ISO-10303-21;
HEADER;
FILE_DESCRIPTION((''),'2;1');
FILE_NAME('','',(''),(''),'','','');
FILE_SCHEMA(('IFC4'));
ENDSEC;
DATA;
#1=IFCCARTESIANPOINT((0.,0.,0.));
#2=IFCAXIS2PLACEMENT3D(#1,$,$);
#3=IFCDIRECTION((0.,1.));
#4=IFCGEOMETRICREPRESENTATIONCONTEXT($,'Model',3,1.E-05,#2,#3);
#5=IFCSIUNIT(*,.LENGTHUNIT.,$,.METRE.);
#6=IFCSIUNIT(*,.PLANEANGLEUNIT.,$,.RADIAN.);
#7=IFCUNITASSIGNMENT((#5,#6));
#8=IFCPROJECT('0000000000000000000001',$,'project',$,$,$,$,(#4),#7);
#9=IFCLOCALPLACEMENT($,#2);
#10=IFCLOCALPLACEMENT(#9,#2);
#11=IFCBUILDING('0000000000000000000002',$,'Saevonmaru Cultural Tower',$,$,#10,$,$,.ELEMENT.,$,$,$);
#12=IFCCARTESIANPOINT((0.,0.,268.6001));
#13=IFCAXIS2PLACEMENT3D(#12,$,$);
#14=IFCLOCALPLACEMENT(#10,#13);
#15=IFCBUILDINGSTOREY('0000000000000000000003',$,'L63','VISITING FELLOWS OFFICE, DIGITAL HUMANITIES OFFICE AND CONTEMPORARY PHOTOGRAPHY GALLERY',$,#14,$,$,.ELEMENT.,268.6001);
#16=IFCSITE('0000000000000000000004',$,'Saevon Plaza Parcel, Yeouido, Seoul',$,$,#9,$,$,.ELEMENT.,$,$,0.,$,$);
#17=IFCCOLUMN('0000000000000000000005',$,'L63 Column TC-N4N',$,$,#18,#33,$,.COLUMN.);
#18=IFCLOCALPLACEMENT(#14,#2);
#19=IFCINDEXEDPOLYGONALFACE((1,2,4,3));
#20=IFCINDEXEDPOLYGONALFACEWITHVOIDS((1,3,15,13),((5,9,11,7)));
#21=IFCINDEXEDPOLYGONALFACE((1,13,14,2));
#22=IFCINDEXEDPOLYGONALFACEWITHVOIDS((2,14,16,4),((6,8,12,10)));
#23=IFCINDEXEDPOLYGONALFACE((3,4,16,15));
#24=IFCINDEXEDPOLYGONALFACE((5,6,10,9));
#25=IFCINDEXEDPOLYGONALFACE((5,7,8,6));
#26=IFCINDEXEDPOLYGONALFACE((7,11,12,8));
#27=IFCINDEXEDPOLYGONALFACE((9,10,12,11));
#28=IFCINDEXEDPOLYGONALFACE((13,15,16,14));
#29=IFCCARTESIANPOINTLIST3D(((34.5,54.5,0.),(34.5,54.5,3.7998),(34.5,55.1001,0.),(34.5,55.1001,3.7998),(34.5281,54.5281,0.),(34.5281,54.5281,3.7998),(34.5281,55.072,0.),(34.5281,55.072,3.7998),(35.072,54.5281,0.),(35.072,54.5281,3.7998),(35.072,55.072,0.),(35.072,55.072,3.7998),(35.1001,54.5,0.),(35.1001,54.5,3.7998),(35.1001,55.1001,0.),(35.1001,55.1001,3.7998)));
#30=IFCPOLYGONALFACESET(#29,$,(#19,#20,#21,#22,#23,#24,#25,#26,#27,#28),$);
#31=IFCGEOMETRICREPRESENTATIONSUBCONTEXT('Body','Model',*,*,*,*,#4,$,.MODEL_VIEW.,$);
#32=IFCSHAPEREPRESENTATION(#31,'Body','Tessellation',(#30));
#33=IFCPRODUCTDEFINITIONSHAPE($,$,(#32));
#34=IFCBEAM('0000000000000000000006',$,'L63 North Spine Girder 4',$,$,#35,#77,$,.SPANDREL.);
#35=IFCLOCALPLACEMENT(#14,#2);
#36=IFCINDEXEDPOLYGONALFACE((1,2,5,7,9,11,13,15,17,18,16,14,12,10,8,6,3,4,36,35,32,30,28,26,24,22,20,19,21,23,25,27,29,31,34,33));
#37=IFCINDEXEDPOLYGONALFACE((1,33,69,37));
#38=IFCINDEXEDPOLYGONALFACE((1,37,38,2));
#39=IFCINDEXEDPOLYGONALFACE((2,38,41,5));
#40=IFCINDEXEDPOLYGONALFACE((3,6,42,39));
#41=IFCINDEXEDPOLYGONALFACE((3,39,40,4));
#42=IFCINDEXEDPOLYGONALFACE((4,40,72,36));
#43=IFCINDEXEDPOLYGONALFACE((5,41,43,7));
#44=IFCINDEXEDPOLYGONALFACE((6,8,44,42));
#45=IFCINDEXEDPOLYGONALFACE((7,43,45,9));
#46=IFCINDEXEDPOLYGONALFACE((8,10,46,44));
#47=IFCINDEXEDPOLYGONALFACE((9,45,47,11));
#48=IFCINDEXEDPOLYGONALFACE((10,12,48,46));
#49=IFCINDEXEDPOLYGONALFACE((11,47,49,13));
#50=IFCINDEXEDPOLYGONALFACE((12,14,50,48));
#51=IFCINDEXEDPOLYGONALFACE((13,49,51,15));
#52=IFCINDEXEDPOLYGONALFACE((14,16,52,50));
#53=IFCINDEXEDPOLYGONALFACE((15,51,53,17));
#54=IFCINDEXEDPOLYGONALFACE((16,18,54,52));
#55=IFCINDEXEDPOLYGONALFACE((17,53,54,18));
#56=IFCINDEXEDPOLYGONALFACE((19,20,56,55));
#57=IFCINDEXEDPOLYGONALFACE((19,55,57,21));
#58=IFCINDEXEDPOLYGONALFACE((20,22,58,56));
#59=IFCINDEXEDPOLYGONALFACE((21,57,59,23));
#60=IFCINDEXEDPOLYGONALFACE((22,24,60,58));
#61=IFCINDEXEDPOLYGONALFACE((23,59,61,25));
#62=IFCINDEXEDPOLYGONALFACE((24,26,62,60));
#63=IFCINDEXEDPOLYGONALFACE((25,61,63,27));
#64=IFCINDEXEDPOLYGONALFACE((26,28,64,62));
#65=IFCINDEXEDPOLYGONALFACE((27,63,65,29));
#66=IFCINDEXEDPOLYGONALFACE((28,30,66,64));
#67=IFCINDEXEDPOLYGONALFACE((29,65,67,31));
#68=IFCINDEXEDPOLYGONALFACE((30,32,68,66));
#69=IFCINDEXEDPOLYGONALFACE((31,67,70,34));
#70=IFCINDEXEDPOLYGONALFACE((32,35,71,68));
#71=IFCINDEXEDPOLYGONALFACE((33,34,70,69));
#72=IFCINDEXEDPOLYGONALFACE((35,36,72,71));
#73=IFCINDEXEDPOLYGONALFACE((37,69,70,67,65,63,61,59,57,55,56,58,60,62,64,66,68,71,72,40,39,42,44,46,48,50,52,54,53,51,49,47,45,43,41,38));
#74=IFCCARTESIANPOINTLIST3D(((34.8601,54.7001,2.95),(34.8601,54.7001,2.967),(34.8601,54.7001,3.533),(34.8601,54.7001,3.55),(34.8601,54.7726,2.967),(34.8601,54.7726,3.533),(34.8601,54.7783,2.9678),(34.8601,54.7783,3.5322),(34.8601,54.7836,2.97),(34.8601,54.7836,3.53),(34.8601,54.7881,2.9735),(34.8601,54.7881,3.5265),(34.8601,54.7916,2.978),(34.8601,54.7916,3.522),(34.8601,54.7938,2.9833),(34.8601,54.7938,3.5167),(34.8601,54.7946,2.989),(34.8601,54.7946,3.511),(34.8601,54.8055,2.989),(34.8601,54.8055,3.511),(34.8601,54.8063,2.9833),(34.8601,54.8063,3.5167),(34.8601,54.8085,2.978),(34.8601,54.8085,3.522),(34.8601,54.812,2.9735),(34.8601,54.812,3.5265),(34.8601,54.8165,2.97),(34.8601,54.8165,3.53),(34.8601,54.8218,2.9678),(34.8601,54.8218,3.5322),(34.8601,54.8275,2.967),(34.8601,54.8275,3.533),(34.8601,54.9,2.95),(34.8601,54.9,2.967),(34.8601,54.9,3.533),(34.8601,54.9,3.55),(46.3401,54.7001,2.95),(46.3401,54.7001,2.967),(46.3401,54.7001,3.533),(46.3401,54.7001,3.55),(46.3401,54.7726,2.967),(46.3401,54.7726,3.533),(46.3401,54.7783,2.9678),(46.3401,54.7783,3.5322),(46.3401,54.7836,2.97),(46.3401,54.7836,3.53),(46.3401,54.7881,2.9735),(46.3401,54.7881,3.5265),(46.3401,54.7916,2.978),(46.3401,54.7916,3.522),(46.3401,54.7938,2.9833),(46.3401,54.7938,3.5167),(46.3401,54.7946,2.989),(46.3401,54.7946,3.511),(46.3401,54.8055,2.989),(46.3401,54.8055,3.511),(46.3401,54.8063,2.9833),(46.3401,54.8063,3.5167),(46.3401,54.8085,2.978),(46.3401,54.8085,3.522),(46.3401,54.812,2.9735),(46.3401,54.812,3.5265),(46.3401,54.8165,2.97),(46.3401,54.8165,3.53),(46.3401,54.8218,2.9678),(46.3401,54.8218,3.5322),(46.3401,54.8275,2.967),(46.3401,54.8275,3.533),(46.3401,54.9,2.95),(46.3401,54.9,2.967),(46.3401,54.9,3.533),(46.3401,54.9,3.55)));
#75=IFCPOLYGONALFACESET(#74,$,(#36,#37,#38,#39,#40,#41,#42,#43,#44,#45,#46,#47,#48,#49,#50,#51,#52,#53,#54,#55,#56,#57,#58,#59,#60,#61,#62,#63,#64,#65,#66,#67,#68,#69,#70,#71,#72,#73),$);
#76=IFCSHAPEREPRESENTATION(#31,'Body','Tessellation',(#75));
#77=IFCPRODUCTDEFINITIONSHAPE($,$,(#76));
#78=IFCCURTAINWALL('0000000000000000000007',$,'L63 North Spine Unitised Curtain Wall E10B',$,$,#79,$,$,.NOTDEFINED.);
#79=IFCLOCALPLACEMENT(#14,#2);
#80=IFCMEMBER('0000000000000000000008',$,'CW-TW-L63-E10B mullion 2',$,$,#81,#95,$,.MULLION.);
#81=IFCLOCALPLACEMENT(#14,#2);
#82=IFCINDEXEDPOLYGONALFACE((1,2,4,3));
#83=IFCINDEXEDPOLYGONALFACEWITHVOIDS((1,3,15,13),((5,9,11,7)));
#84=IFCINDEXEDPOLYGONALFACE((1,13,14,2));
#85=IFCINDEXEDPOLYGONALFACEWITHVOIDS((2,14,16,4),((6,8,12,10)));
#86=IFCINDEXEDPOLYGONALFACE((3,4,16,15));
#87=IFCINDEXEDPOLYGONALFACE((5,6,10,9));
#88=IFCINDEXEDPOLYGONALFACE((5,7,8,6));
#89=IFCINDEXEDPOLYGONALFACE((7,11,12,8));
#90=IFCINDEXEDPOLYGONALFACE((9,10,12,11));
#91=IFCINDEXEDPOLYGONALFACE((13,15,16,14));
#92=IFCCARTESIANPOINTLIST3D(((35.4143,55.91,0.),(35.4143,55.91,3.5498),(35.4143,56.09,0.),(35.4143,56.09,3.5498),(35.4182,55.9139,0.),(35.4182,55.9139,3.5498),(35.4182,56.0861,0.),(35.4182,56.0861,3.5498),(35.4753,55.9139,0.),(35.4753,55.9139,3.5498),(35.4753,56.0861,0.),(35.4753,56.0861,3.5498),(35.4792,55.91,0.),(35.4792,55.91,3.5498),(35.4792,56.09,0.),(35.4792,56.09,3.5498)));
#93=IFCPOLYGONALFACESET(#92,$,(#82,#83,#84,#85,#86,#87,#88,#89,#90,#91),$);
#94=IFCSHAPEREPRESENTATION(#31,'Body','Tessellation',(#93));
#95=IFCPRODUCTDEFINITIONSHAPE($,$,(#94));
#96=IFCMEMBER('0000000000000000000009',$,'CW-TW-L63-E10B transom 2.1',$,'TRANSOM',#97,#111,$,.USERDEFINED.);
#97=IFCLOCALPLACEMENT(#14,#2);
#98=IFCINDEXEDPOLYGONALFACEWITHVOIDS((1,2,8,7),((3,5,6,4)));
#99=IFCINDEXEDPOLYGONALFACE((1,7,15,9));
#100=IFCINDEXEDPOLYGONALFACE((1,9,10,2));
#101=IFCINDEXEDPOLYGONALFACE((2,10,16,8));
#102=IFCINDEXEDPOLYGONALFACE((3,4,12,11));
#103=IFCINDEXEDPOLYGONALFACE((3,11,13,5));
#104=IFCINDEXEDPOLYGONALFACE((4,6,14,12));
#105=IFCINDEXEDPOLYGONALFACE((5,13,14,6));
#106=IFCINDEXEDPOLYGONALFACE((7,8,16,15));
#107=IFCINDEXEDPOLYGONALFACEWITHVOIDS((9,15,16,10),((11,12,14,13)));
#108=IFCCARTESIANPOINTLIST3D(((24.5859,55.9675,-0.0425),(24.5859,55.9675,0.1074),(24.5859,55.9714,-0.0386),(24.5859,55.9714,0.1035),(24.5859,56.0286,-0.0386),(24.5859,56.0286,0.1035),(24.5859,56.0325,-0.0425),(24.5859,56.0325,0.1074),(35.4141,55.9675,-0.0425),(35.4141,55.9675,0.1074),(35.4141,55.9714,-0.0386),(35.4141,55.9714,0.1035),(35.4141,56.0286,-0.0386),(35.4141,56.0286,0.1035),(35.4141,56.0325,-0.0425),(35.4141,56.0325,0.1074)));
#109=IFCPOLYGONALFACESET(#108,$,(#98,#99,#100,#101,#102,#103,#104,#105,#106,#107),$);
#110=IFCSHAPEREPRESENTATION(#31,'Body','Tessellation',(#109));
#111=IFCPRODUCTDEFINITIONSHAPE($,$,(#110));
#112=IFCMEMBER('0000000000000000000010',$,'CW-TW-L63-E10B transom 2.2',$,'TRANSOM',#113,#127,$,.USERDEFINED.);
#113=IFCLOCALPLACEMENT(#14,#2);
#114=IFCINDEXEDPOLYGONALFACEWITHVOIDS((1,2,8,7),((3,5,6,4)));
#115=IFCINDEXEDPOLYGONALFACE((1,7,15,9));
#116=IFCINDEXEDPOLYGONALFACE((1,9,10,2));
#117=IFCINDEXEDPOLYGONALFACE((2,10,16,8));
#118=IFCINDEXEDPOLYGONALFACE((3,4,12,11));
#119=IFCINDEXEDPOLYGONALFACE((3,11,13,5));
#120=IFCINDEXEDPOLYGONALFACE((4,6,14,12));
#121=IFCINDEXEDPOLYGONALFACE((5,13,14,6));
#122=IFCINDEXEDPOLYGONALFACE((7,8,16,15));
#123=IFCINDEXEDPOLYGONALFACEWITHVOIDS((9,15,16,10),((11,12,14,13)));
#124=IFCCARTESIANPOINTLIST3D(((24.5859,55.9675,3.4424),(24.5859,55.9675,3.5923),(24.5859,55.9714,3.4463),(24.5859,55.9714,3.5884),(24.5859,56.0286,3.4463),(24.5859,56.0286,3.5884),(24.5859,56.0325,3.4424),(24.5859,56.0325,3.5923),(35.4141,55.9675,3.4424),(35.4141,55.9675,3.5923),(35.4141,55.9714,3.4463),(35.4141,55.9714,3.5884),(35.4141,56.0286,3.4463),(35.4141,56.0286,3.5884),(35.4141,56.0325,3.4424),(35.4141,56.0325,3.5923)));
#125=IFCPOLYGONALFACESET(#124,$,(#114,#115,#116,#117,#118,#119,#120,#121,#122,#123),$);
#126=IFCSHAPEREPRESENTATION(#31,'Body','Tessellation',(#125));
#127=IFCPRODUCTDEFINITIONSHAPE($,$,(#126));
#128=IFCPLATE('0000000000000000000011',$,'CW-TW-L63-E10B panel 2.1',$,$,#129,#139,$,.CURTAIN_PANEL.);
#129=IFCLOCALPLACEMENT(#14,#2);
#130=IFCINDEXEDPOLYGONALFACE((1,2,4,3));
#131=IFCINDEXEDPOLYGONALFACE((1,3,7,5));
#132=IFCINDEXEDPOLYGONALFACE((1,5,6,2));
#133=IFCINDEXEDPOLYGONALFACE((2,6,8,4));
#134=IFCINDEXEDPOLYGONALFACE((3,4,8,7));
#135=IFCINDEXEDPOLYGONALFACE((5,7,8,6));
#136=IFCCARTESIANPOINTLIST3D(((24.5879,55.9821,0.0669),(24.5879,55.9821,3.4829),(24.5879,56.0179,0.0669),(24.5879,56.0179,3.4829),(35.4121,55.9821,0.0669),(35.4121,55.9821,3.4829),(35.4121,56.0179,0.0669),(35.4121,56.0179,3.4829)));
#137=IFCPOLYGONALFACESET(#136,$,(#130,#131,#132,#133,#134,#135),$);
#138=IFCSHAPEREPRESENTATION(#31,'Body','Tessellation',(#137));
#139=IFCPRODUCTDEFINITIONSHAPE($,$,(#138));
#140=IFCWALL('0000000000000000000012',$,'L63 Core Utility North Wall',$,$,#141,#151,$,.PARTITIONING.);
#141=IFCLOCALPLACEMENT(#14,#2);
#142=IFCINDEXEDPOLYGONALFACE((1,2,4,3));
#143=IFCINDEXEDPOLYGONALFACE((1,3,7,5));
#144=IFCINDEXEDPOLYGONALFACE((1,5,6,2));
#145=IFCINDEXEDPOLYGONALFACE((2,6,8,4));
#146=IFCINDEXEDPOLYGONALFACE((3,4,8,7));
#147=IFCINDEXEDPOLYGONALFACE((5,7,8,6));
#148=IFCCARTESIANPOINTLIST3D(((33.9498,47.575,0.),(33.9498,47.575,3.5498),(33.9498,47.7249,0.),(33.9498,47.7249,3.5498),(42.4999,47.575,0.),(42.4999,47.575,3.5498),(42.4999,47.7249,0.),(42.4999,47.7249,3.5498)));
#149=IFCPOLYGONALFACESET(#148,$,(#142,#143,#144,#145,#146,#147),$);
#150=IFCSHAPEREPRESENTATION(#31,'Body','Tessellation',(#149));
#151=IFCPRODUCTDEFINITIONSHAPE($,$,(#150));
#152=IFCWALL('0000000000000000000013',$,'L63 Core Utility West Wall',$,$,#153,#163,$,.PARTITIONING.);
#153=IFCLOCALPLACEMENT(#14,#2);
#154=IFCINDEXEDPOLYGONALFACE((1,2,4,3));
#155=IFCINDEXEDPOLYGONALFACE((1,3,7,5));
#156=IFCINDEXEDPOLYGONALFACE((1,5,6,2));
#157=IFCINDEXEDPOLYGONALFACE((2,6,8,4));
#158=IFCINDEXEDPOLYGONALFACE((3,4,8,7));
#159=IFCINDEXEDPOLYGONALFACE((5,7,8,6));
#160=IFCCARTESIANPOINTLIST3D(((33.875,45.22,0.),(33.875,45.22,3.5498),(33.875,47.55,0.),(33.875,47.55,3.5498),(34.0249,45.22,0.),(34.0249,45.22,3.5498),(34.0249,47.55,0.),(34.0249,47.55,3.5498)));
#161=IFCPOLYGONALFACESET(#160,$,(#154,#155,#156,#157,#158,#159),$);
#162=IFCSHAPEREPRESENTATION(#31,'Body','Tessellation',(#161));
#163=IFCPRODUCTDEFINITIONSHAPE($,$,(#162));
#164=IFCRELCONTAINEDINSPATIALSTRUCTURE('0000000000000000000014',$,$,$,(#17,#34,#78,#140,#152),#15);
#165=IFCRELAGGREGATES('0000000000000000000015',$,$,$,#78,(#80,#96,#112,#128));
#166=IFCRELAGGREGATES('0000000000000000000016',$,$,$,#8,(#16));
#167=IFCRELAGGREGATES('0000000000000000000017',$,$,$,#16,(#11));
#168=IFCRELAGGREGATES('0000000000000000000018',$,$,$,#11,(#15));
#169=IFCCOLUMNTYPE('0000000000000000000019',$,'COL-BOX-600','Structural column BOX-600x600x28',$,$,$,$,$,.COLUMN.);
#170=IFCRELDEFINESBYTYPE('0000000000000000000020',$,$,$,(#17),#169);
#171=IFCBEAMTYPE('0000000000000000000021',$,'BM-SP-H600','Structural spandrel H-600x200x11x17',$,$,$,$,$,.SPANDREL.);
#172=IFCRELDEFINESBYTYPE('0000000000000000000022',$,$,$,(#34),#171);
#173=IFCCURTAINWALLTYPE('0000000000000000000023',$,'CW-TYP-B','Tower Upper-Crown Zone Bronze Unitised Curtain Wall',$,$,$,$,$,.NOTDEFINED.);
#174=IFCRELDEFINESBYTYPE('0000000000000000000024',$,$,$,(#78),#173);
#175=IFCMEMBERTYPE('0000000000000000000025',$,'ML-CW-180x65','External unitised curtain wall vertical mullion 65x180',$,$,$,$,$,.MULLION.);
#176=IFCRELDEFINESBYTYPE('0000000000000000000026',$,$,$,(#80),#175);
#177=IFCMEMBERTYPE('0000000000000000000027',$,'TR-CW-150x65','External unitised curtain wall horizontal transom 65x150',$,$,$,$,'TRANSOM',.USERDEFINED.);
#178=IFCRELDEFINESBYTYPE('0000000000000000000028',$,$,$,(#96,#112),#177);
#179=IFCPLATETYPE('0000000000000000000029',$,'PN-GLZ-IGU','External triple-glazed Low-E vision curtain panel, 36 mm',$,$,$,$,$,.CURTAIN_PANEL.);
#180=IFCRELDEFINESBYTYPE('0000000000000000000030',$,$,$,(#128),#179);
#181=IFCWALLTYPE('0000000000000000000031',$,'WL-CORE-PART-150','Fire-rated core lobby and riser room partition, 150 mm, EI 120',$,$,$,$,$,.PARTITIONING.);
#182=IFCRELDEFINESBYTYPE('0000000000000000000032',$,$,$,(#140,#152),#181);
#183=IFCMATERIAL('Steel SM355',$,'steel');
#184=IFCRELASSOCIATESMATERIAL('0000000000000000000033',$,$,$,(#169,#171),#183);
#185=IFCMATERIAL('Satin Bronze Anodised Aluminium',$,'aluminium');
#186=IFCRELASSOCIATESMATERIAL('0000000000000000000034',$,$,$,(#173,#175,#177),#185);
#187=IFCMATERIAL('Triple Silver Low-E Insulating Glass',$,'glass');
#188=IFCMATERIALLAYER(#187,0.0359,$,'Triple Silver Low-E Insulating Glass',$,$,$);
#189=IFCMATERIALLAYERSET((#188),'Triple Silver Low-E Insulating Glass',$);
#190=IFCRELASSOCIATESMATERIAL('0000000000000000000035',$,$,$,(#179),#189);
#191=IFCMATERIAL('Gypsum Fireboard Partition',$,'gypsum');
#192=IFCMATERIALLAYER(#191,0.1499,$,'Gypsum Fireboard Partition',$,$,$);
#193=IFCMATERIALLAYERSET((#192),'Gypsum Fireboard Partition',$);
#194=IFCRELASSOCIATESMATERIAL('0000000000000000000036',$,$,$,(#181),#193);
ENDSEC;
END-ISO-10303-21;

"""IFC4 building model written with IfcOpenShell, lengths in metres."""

from ifc_helpers import new_model, si_unit, direction, frame, frame_2d, origin, origin_2d, place, context, subcontext, project, spatial, rectangle, hollow_rectangle, i_section, extrude, material, layer, layer_set, material_profile, profile_set, type_object, element, aggregate, save


model = new_model("IFC4")

# Units and contexts
model_context = context("Model", 3, precision=1e-05, world=origin(), true_north=direction((0.0, 1.0)))
body_context = subcontext(model_context, "Body", "Model", "MODEL_VIEW")
ifc_project = project(units=[si_unit("LENGTHUNIT", "METRE"), si_unit("PLANEANGLEUNIT", "RADIAN")], contexts=[model_context])

# Site, building, storey
site_placement = place(None, origin())
site = spatial("IfcSite", under=ifc_project, at=site_placement, Name="Saevon Plaza Parcel, Yeouido, Seoul", CompositionType="ELEMENT", RefElevation=0.0)
building_placement = place(site_placement, origin())
building = spatial("IfcBuilding", under=site, at=building_placement, Name="Saevonmaru Cultural Tower", CompositionType="ELEMENT")
storey_placement = place(building_placement, frame((0.0, 0.0, 268.6001)))
storey = spatial("IfcBuildingStorey", under=building, at=storey_placement, Name="L63", Description="VISITING FELLOWS OFFICE, DIGITAL HUMANITIES OFFICE AND CONTEMPORARY PHOTOGRAPHY GALLERY", CompositionType="ELEMENT", Elevation=268.6001)

# Column
ifc_material_1 = material(Name="Steel SM355", Category="steel")
ifc_material_profile_1 = material_profile(ifc_material_1, hollow_rectangle(XDim=0.6001, YDim=0.6001, WallThickness=0.0281, at=origin_2d()), Name="BOX-600x600x28")
ifc_profile_set_1 = profile_set([ifc_material_profile_1], Name="Steel SM355")
column_type = type_object("IfcColumnType", Name="COL-BOX-600", Description="Structural column BOX-600x600x28", PredefinedType="COLUMN", material=ifc_profile_set_1)
column_placement = place(storey_placement, frame((34.8, 54.8, 0.0), z_axis=(0.0, 0.0, 1.0), x_axis=(1.0, 0.0, 0.0)))
element("IfcColumn", 1, at=column_placement, inside=storey, type_object=column_type, Name="L63 Column TC-N4N", PredefinedType="COLUMN", context=body_context, shape_type="SweptSolid", body=[
    extrude(hollow_rectangle(XDim=0.6001, YDim=0.6001, WallThickness=0.0281, at=origin_2d()), origin(), (0.0, 0.0, 1.0), 3.7998),
])

# Beam
ifc_material_profile_2 = material_profile(ifc_material_1, i_section(OverallWidth=0.2, OverallDepth=0.6001, WebThickness=0.011, FlangeThickness=0.0171, FilletRadius=0.022, at=origin_2d()), Name="H-600x200x11x17")
ifc_profile_set_2 = profile_set([ifc_material_profile_2], Name="Steel SM355")
beam_type = type_object("IfcBeamType", Name="BM-SP-H600", Description="Structural spandrel H-600x200x11x17", PredefinedType="SPANDREL", material=ifc_profile_set_2)
beam_placement = place(storey_placement, frame((34.8601, 54.8, 3.25), z_axis=(1.0, 0.0, 0.0), x_axis=(0.0, 1.0, 0.0)))
element("IfcBeam", 2, at=beam_placement, inside=storey, type_object=beam_type, Name="L63 North Spine Girder 4", PredefinedType="SPANDREL", context=body_context, shape_type="SweptSolid", body=[
    extrude(i_section(OverallWidth=0.2, OverallDepth=0.6001, WebThickness=0.011, FlangeThickness=0.0171, FilletRadius=0.022, at=origin_2d()), origin(), (0.0, 0.0, 1.0), 11.48),
])

# Curtain wall, members, plate
ifc_material_2 = material(Name="Satin Bronze Anodised Aluminium", Category="aluminium")
curtain_wall_type = type_object("IfcCurtainWallType", Name="CW-TYP-B", Description="Tower Upper-Crown Zone Bronze Unitised Curtain Wall", PredefinedType="NOTDEFINED", material=ifc_material_2)
curtain_wall_placement = place(storey_placement, origin())
curtain_wall = element("IfcCurtainWall", 3, at=curtain_wall_placement, inside=storey, type_object=curtain_wall_type, Name="L63 North Spine Unitised Curtain Wall E10B", PredefinedType="NOTDEFINED")
ifc_material_profile_3 = material_profile(ifc_material_2, hollow_rectangle(XDim=0.0649, YDim=0.1799, WallThickness=0.0039, at=origin_2d()), Name="ALU-MULL-180x65x4")
ifc_profile_set_3 = profile_set([ifc_material_profile_3], Name="Satin Bronze Anodised Aluminium")
member_type_1 = type_object("IfcMemberType", Name="ML-CW-180x65", Description="External unitised curtain wall vertical mullion 65x180", PredefinedType="MULLION", material=ifc_profile_set_3)
member_1_placement = place(storey_placement, frame((35.4468, 56.0, 0.0), z_axis=(0.0, 0.0, 1.0), x_axis=(-1.0, 0.0, 0.0)))
member_1 = element("IfcMember", 4, at=member_1_placement, type_object=member_type_1, Name="CW-TW-L63-E10B mullion 2", PredefinedType="MULLION", context=body_context, shape_type="SweptSolid", body=[
    extrude(hollow_rectangle(XDim=0.0649, YDim=0.1799, WallThickness=0.0039, at=origin_2d()), origin(), (0.0, 0.0, 1.0), 3.5498),
])
ifc_material_profile_4 = material_profile(ifc_material_2, hollow_rectangle(XDim=0.0649, YDim=0.1499, WallThickness=0.0039, at=origin_2d()), Name="ALU-TRAN-150x65x4")
ifc_profile_set_4 = profile_set([ifc_material_profile_4], Name="Satin Bronze Anodised Aluminium")
member_type_2 = type_object("IfcMemberType", Name="TR-CW-150x65", Description="External unitised curtain wall horizontal transom 65x150", ElementType="TRANSOM", PredefinedType="USERDEFINED", material=ifc_profile_set_4)
member_2_placement = place(storey_placement, frame((35.4141, 56.0, 0.0325), z_axis=(-1.0, 0.0, 0.0), x_axis=(0.0, -1.0, 0.0)))
member_2 = element("IfcMember", 5, at=member_2_placement, type_object=member_type_2, Name="CW-TW-L63-E10B transom 2.1", ObjectType="TRANSOM", PredefinedType="USERDEFINED", context=body_context, shape_type="SweptSolid", body=[
    extrude(hollow_rectangle(XDim=0.0649, YDim=0.1499, WallThickness=0.0039, at=origin_2d()), origin(), (0.0, 0.0, 1.0), 10.8281),
])
member_3_placement = place(storey_placement, frame((35.4141, 56.0, 3.5173), z_axis=(-1.0, 0.0, 0.0), x_axis=(0.0, -1.0, 0.0)))
member_3 = element("IfcMember", 6, at=member_3_placement, type_object=member_type_2, Name="CW-TW-L63-E10B transom 2.2", ObjectType="TRANSOM", PredefinedType="USERDEFINED", context=body_context, shape_type="SweptSolid", body=[
    extrude(hollow_rectangle(XDim=0.0649, YDim=0.1499, WallThickness=0.0039, at=origin_2d()), origin(), (0.0, 0.0, 1.0), 10.8281),
])
ifc_material_3 = material(Name="Triple Silver Low-E Insulating Glass", Category="glass")
ifc_layer_1 = layer(ifc_material_3, 0.0359, Name="Triple Silver Low-E Insulating Glass")
ifc_layer_set_1 = layer_set([ifc_layer_1], Name="Triple Silver Low-E Insulating Glass")
plate_type = type_object("IfcPlateType", Name="PN-GLZ-IGU", Description="External triple-glazed Low-E vision curtain panel, 36 mm", PredefinedType="CURTAIN_PANEL", material=ifc_layer_set_1)
plate_placement = place(storey_placement, frame((30.0, 56.0, 0.0669), z_axis=(0.0, 0.0, 1.0), x_axis=(-1.0, 0.0, 0.0)))
plate = element("IfcPlate", 7, at=plate_placement, type_object=plate_type, Name="CW-TW-L63-E10B panel 2.1", PredefinedType="CURTAIN_PANEL", context=body_context, shape_type="SweptSolid", body=[
    extrude(rectangle(XDim=10.8242, YDim=0.0359, at=origin_2d()), origin(), (0.0, 0.0, 1.0), 3.416),
])
aggregate(curtain_wall, [member_1, member_2, member_3, plate])

# Shared definitions
ifc_material_4 = material(Name="Gypsum Fireboard Partition", Category="gypsum")
ifc_layer_2 = layer(ifc_material_4, 0.1499, Name="Gypsum Fireboard Partition")
ifc_layer_set_2 = layer_set([ifc_layer_2], Name="Gypsum Fireboard Partition")
wall_type_1 = type_object("IfcWallType", Name="WL-CORE-PART-150", Description="Fire-rated core lobby and riser room partition, 150 mm, EI 120", PredefinedType="PARTITIONING", material=ifc_layer_set_2)

# Walls
wall_1_placement = place(storey_placement, frame((33.95, 47.6499, 0.0), z_axis=(0.0, 0.0, 1.0), x_axis=(1.0, 0.0, 0.0)))
element("IfcWall", 8, at=wall_1_placement, inside=storey, type_object=wall_type_1, Name="L63 Core Utility North Wall", PredefinedType="PARTITIONING", context=body_context, shape_type="SweptSolid", body=[
    extrude(rectangle(XDim=8.55, YDim=0.1499, at=frame_2d((4.2749, 0.0))), origin(), (0.0, 0.0, 1.0), 3.5498),
])
wall_2_placement = place(storey_placement, frame((33.95, 45.22, 0.0), z_axis=(0.0, 0.0, 1.0), x_axis=(0.0, 1.0, 0.0)))
element("IfcWall", 9, at=wall_2_placement, inside=storey, type_object=wall_type_1, Name="L63 Core Utility West Wall", PredefinedType="PARTITIONING", context=body_context, shape_type="SweptSolid", body=[
    extrude(rectangle(XDim=2.3301, YDim=0.1499, at=frame_2d((1.165, 0.0))), origin(), (0.0, 0.0, 1.0), 3.5498),
])

save(model, "model.ifc")
